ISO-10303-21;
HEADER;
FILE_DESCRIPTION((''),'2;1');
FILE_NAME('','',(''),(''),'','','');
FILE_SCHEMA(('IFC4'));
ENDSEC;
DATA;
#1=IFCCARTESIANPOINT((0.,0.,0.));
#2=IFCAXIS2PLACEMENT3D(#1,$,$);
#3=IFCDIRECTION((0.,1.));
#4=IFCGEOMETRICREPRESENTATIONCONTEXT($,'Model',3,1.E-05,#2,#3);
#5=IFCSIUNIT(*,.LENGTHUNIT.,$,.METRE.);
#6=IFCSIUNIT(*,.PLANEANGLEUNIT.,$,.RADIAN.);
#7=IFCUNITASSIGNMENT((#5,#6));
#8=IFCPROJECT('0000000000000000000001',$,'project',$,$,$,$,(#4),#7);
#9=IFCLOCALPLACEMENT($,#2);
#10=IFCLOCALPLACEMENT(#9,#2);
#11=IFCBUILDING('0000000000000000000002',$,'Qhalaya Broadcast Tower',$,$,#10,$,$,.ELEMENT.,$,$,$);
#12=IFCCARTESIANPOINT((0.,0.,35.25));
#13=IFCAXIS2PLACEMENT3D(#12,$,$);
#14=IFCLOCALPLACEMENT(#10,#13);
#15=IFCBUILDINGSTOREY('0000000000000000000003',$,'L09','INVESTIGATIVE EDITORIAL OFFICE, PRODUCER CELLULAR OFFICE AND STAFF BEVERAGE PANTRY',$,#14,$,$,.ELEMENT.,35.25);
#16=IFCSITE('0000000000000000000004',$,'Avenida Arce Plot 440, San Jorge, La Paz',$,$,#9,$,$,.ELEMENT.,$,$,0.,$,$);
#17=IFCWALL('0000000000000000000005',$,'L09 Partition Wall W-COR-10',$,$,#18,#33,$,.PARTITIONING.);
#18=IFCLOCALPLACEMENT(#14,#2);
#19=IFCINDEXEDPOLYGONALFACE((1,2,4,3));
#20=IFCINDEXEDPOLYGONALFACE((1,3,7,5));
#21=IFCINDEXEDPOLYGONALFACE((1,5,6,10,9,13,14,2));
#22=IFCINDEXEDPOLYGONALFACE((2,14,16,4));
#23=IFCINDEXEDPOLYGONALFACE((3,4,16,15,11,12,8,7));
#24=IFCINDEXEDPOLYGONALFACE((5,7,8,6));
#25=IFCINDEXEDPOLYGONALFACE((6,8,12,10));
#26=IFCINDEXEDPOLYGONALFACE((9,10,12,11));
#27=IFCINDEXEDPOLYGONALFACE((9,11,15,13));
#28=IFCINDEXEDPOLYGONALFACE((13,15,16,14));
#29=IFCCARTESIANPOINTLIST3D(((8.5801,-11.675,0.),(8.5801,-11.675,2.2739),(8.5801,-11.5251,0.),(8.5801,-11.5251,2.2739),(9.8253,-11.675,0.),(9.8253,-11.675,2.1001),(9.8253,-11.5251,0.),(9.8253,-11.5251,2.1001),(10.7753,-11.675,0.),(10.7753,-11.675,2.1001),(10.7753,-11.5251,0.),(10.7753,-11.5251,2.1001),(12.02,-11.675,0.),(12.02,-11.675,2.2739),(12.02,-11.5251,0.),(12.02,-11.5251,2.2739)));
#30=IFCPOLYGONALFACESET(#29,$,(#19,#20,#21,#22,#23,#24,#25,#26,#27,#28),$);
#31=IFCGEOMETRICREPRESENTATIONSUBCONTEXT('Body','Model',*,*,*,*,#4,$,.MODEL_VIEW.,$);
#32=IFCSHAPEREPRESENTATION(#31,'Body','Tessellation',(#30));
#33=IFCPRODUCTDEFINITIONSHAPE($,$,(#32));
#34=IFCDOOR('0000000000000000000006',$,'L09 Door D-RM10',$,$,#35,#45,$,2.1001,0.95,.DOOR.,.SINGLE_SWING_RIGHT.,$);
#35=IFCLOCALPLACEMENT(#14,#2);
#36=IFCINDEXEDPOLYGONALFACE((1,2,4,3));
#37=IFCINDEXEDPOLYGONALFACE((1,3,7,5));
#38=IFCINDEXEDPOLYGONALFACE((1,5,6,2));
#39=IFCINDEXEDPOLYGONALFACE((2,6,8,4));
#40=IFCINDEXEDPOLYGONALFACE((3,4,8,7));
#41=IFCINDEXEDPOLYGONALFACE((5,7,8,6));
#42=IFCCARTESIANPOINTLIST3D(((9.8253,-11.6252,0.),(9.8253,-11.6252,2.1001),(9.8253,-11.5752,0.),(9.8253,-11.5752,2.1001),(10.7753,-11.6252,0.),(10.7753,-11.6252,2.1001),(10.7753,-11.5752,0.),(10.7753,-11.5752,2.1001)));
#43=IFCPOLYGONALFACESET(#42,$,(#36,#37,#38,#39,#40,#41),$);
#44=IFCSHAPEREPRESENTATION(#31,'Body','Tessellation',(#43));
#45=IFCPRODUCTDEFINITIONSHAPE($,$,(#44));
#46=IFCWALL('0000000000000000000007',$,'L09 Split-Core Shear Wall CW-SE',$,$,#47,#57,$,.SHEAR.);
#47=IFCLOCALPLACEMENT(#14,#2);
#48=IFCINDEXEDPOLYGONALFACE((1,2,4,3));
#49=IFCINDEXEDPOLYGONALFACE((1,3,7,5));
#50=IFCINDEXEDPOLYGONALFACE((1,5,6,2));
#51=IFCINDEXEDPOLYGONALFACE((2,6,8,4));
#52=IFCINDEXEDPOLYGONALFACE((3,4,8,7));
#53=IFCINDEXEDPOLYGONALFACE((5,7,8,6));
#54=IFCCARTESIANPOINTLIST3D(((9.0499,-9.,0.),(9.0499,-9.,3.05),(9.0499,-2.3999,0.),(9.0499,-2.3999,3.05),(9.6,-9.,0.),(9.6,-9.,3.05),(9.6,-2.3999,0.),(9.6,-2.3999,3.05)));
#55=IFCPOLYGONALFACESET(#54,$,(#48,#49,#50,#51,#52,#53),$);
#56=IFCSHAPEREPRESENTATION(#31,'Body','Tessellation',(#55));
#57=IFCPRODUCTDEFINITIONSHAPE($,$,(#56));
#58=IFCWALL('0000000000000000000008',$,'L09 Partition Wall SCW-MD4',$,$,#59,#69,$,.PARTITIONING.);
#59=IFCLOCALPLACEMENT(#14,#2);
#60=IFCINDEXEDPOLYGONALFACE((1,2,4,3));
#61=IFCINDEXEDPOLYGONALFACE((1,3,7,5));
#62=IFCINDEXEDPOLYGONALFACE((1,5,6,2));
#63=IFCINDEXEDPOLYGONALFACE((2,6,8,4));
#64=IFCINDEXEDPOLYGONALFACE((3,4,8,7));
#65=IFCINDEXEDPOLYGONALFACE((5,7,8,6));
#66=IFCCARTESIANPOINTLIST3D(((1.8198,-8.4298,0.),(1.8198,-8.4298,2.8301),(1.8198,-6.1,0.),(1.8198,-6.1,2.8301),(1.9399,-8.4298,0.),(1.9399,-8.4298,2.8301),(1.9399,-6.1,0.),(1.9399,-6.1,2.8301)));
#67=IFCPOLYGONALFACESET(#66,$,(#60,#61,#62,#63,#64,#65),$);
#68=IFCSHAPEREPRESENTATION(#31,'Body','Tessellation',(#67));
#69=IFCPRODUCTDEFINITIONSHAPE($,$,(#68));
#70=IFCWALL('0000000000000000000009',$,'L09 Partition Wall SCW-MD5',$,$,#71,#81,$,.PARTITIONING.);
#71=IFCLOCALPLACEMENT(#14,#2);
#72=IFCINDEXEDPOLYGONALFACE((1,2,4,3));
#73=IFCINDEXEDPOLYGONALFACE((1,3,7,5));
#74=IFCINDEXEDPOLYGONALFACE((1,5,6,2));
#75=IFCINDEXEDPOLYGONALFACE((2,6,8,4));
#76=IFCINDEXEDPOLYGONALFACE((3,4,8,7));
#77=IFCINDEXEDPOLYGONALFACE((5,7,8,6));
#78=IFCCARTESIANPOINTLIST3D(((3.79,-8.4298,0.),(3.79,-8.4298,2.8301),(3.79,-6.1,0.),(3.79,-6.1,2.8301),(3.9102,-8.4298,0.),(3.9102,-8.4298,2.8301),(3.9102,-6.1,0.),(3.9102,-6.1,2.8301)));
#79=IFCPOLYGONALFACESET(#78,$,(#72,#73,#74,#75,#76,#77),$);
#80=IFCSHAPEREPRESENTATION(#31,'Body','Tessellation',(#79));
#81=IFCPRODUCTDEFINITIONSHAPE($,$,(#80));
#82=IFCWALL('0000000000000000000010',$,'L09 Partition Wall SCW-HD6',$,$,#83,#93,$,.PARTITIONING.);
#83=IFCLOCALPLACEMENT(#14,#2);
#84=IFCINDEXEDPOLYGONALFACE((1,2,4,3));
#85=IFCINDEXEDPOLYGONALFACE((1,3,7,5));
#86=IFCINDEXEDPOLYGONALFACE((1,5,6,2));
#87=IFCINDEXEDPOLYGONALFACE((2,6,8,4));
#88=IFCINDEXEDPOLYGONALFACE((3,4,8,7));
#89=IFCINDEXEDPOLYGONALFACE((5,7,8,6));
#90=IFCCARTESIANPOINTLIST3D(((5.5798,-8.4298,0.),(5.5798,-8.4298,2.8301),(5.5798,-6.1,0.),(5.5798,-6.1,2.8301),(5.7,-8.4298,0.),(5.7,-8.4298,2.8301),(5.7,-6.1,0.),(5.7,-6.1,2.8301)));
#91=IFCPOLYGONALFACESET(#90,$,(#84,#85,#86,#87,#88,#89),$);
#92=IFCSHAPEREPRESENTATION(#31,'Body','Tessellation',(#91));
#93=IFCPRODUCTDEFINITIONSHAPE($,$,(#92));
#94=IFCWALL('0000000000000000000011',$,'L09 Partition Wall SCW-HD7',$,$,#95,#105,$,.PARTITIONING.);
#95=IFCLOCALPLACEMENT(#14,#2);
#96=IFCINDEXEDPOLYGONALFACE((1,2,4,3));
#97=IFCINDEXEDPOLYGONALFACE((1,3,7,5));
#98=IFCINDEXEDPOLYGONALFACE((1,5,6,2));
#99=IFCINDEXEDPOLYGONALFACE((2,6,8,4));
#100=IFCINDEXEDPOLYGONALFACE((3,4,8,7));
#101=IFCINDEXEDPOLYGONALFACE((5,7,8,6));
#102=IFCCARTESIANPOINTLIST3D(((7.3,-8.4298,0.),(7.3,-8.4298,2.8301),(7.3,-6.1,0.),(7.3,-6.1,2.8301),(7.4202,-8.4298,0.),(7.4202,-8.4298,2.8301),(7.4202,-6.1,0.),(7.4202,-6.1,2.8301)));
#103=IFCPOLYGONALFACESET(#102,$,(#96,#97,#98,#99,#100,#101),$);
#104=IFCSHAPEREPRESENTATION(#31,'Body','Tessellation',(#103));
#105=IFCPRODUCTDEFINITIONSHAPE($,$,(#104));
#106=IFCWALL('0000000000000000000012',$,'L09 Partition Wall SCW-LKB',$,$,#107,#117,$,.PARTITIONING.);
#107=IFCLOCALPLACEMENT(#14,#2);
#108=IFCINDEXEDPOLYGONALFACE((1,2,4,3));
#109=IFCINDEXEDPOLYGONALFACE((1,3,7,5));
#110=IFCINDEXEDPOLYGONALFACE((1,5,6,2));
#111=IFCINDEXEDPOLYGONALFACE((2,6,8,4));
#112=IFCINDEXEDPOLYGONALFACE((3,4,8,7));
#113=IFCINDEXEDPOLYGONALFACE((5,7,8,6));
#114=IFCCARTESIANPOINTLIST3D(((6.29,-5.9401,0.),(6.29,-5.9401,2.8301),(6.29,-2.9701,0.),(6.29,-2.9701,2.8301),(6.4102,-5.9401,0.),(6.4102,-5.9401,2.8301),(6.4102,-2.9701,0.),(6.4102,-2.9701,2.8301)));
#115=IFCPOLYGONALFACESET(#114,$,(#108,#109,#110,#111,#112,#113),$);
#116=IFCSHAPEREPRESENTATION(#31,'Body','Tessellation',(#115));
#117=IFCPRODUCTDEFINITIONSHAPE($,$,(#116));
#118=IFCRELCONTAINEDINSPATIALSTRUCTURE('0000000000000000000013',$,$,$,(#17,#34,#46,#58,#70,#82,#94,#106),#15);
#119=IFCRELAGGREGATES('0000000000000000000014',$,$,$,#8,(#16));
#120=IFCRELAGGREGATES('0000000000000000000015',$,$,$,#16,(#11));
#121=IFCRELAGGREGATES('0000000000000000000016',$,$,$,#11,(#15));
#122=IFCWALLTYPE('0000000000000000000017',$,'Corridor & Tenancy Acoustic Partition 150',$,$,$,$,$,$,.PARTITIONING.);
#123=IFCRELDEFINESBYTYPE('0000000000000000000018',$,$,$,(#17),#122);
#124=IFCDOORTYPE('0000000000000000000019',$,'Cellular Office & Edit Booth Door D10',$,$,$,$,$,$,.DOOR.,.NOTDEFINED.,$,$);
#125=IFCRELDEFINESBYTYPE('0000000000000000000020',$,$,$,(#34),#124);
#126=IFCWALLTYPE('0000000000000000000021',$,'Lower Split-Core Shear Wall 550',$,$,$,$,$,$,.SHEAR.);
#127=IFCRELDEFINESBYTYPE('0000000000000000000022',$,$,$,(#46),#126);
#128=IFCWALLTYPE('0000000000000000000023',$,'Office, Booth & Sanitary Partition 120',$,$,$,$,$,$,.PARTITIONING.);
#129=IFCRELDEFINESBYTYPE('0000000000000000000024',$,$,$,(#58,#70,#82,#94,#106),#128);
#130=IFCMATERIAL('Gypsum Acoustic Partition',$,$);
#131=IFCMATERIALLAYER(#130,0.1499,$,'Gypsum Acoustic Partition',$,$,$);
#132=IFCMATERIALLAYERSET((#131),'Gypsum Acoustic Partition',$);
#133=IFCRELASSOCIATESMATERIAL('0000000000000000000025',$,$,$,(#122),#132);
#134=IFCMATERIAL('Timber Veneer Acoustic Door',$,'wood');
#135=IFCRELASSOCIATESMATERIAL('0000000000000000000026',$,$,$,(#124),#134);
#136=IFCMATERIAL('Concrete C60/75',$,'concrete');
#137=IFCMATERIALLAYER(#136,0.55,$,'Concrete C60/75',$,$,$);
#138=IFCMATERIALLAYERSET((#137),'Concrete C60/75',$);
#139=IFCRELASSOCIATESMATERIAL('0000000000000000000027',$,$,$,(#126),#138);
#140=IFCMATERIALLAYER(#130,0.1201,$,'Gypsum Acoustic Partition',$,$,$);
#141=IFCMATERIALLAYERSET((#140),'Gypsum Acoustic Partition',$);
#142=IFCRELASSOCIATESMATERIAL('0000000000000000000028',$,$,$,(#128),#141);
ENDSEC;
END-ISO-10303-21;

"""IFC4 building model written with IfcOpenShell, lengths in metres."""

from ifc_helpers import new_model, si_unit, direction, frame, frame_2d, origin, place, context, subcontext, project, spatial, rectangle, extrude, material, layer, layer_set, type_object, element, fill, save


model = new_model("IFC4")

# Units and contexts
model_context = context("Model", 3, precision=1e-05, world=origin(), true_north=direction((0.0, 1.0)))
body_context = subcontext(model_context, "Body", "Model", "MODEL_VIEW")
ifc_project = project(units=[si_unit("LENGTHUNIT", "METRE"), si_unit("PLANEANGLEUNIT", "RADIAN")], contexts=[model_context])

# Site, building, storey
site_placement = place(None, origin())
site = spatial("IfcSite", under=ifc_project, at=site_placement, Name="Avenida Arce Plot 440, San Jorge, La Paz", CompositionType="ELEMENT", RefElevation=0.0)
building_placement = place(site_placement, origin())
building = spatial("IfcBuilding", under=site, at=building_placement, Name="Qhalaya Broadcast Tower", CompositionType="ELEMENT")
storey_placement = place(building_placement, frame((0.0, 0.0, 35.25)))
storey = spatial("IfcBuildingStorey", under=building, at=storey_placement, Name="L09", Description="INVESTIGATIVE EDITORIAL OFFICE, PRODUCER CELLULAR OFFICE AND STAFF BEVERAGE PANTRY", CompositionType="ELEMENT", Elevation=35.25)

# Wall, opening, door
ifc_material_1 = material(Name="Gypsum Acoustic Partition")
ifc_layer_1 = layer(ifc_material_1, 0.1499, Name="Gypsum Acoustic Partition")
ifc_layer_set_1 = layer_set([ifc_layer_1], Name="Gypsum Acoustic Partition")
wall_type_1 = type_object("IfcWallType", Name="Corridor & Tenancy Acoustic Partition 150", PredefinedType="PARTITIONING", material=ifc_layer_set_1)
wall_1_placement = place(storey_placement, frame((8.5801, -11.6001, 0.0), z_axis=(0.0, 0.0, 1.0), x_axis=(1.0, 0.0, 0.0)))
wall_1 = element("IfcWall", 1, at=wall_1_placement, inside=storey, type_object=wall_type_1, Name="L09 Partition Wall W-COR-10", PredefinedType="PARTITIONING", context=body_context, shape_type="SweptSolid", body=[
    extrude(rectangle(XDim=3.4399, YDim=0.1499, at=frame_2d((1.72, 0.0))), origin(), (0.0, 0.0, 1.0), 2.2739),
])
opening_1_placement = place(wall_1_placement, frame((1.2451, 0.0, 0.0)))
opening_1 = element("IfcOpeningElement", 2, at=opening_1_placement, cuts=wall_1, PredefinedType="OPENING", context=body_context, shape_type="SweptSolid", body=[
    extrude(rectangle(XDim=0.95, YDim=2.1001, at=frame_2d((0.4751, 1.05))), frame((0.0, 0.0869, 0.0), z_axis=(0.0, -1.0, 0.0), x_axis=(1.0, 0.0, 0.0)), (0.0, 0.0, 1.0), 0.1738),
])
ifc_material_2 = material(Name="Timber Veneer Acoustic Door", Category="wood")
door_type_1 = type_object("IfcDoorType", Name="Cellular Office & Edit Booth Door D10", OperationType="NOTDEFINED", PredefinedType="DOOR", material=ifc_material_2)
door_1_placement = place(opening_1_placement, origin())
door_1 = element("IfcDoor", 3, at=door_1_placement, inside=storey, type_object=door_type_1, Name="L09 Door D-RM10", OperationType="SINGLE_SWING_RIGHT", OverallHeight=2.1001, OverallWidth=0.95, PredefinedType="DOOR", context=body_context, shape_type="SweptSolid", body=[
    extrude(rectangle(XDim=0.95, YDim=2.1001, at=frame_2d((0.4751, 1.05))), frame((0.0, 0.0249, 0.0), z_axis=(0.0, -1.0, 0.0), x_axis=(1.0, 0.0, 0.0)), (0.0, 0.0, 1.0), 0.05),
])
fill(opening_1, door_1)

# Walls
ifc_material_3 = material(Name="Concrete C60/75", Category="concrete")
ifc_layer_2 = layer(ifc_material_3, 0.55, Name="Concrete C60/75")
ifc_layer_set_2 = layer_set([ifc_layer_2], Name="Concrete C60/75")
wall_type_2 = type_object("IfcWallType", Name="Lower Split-Core Shear Wall 550", PredefinedType="SHEAR", material=ifc_layer_set_2)
wall_2_placement = place(storey_placement, frame((9.325, -9.0, 0.0), z_axis=(0.0, 0.0, 1.0), x_axis=(0.0, 1.0, 0.0)))
element("IfcWall", 4, at=wall_2_placement, inside=storey, type_object=wall_type_2, Name="L09 Split-Core Shear Wall CW-SE", PredefinedType="SHEAR", context=body_context, shape_type="SweptSolid", body=[
    extrude(rectangle(XDim=6.6001, YDim=0.55, at=frame_2d((3.3, 0.0))), origin(), (0.0, 0.0, 1.0), 3.05),
])
ifc_layer_3 = layer(ifc_material_1, 0.1201, Name="Gypsum Acoustic Partition")
ifc_layer_set_3 = layer_set([ifc_layer_3], Name="Gypsum Acoustic Partition")
wall_type_3 = type_object("IfcWallType", Name="Office, Booth & Sanitary Partition 120", PredefinedType="PARTITIONING", material=ifc_layer_set_3)
for number, where, z_axis, x_axis, name in (
    (5, (1.8799, -8.4299, 0.0), (0.0, 0.0, 1.0), (0.0, 1.0, 0.0), "L09 Partition Wall SCW-MD4"),
    (6, (3.8501, -8.4299, 0.0), (0.0, 0.0, 1.0), (0.0, 1.0, 0.0), "L09 Partition Wall SCW-MD5"),
    (7, (5.6399, -8.4299, 0.0), (0.0, 0.0, 1.0), (0.0, 1.0, 0.0), "L09 Partition Wall SCW-HD6"),
    (8, (7.3601, -8.4299, 0.0), (0.0, 0.0, 1.0), (0.0, 1.0, 0.0), "L09 Partition Wall SCW-HD7"),
):
    element("IfcWall", number, at=place(storey_placement, frame(where, z_axis=z_axis, x_axis=x_axis)), inside=storey, type_object=wall_type_3, Name=name, PredefinedType="PARTITIONING", context=body_context, shape_type="SweptSolid", body=[
        extrude(rectangle(XDim=2.3298, YDim=0.1201, at=frame_2d((1.165, 0.0))), origin(), (0.0, 0.0, 1.0), 2.8301),
    ])
wall_3_placement = place(storey_placement, frame((6.3501, -5.9399, 0.0), z_axis=(0.0, 0.0, 1.0), x_axis=(0.0, 1.0, 0.0)))
element("IfcWall", 9, at=wall_3_placement, inside=storey, type_object=wall_type_3, Name="L09 Partition Wall SCW-LKB", PredefinedType="PARTITIONING", context=body_context, shape_type="SweptSolid", body=[
    extrude(rectangle(XDim=2.97, YDim=0.1201, at=frame_2d((1.4849, 0.0))), origin(), (0.0, 0.0, 1.0), 2.8301),
])

save(model, "model.ifc")
